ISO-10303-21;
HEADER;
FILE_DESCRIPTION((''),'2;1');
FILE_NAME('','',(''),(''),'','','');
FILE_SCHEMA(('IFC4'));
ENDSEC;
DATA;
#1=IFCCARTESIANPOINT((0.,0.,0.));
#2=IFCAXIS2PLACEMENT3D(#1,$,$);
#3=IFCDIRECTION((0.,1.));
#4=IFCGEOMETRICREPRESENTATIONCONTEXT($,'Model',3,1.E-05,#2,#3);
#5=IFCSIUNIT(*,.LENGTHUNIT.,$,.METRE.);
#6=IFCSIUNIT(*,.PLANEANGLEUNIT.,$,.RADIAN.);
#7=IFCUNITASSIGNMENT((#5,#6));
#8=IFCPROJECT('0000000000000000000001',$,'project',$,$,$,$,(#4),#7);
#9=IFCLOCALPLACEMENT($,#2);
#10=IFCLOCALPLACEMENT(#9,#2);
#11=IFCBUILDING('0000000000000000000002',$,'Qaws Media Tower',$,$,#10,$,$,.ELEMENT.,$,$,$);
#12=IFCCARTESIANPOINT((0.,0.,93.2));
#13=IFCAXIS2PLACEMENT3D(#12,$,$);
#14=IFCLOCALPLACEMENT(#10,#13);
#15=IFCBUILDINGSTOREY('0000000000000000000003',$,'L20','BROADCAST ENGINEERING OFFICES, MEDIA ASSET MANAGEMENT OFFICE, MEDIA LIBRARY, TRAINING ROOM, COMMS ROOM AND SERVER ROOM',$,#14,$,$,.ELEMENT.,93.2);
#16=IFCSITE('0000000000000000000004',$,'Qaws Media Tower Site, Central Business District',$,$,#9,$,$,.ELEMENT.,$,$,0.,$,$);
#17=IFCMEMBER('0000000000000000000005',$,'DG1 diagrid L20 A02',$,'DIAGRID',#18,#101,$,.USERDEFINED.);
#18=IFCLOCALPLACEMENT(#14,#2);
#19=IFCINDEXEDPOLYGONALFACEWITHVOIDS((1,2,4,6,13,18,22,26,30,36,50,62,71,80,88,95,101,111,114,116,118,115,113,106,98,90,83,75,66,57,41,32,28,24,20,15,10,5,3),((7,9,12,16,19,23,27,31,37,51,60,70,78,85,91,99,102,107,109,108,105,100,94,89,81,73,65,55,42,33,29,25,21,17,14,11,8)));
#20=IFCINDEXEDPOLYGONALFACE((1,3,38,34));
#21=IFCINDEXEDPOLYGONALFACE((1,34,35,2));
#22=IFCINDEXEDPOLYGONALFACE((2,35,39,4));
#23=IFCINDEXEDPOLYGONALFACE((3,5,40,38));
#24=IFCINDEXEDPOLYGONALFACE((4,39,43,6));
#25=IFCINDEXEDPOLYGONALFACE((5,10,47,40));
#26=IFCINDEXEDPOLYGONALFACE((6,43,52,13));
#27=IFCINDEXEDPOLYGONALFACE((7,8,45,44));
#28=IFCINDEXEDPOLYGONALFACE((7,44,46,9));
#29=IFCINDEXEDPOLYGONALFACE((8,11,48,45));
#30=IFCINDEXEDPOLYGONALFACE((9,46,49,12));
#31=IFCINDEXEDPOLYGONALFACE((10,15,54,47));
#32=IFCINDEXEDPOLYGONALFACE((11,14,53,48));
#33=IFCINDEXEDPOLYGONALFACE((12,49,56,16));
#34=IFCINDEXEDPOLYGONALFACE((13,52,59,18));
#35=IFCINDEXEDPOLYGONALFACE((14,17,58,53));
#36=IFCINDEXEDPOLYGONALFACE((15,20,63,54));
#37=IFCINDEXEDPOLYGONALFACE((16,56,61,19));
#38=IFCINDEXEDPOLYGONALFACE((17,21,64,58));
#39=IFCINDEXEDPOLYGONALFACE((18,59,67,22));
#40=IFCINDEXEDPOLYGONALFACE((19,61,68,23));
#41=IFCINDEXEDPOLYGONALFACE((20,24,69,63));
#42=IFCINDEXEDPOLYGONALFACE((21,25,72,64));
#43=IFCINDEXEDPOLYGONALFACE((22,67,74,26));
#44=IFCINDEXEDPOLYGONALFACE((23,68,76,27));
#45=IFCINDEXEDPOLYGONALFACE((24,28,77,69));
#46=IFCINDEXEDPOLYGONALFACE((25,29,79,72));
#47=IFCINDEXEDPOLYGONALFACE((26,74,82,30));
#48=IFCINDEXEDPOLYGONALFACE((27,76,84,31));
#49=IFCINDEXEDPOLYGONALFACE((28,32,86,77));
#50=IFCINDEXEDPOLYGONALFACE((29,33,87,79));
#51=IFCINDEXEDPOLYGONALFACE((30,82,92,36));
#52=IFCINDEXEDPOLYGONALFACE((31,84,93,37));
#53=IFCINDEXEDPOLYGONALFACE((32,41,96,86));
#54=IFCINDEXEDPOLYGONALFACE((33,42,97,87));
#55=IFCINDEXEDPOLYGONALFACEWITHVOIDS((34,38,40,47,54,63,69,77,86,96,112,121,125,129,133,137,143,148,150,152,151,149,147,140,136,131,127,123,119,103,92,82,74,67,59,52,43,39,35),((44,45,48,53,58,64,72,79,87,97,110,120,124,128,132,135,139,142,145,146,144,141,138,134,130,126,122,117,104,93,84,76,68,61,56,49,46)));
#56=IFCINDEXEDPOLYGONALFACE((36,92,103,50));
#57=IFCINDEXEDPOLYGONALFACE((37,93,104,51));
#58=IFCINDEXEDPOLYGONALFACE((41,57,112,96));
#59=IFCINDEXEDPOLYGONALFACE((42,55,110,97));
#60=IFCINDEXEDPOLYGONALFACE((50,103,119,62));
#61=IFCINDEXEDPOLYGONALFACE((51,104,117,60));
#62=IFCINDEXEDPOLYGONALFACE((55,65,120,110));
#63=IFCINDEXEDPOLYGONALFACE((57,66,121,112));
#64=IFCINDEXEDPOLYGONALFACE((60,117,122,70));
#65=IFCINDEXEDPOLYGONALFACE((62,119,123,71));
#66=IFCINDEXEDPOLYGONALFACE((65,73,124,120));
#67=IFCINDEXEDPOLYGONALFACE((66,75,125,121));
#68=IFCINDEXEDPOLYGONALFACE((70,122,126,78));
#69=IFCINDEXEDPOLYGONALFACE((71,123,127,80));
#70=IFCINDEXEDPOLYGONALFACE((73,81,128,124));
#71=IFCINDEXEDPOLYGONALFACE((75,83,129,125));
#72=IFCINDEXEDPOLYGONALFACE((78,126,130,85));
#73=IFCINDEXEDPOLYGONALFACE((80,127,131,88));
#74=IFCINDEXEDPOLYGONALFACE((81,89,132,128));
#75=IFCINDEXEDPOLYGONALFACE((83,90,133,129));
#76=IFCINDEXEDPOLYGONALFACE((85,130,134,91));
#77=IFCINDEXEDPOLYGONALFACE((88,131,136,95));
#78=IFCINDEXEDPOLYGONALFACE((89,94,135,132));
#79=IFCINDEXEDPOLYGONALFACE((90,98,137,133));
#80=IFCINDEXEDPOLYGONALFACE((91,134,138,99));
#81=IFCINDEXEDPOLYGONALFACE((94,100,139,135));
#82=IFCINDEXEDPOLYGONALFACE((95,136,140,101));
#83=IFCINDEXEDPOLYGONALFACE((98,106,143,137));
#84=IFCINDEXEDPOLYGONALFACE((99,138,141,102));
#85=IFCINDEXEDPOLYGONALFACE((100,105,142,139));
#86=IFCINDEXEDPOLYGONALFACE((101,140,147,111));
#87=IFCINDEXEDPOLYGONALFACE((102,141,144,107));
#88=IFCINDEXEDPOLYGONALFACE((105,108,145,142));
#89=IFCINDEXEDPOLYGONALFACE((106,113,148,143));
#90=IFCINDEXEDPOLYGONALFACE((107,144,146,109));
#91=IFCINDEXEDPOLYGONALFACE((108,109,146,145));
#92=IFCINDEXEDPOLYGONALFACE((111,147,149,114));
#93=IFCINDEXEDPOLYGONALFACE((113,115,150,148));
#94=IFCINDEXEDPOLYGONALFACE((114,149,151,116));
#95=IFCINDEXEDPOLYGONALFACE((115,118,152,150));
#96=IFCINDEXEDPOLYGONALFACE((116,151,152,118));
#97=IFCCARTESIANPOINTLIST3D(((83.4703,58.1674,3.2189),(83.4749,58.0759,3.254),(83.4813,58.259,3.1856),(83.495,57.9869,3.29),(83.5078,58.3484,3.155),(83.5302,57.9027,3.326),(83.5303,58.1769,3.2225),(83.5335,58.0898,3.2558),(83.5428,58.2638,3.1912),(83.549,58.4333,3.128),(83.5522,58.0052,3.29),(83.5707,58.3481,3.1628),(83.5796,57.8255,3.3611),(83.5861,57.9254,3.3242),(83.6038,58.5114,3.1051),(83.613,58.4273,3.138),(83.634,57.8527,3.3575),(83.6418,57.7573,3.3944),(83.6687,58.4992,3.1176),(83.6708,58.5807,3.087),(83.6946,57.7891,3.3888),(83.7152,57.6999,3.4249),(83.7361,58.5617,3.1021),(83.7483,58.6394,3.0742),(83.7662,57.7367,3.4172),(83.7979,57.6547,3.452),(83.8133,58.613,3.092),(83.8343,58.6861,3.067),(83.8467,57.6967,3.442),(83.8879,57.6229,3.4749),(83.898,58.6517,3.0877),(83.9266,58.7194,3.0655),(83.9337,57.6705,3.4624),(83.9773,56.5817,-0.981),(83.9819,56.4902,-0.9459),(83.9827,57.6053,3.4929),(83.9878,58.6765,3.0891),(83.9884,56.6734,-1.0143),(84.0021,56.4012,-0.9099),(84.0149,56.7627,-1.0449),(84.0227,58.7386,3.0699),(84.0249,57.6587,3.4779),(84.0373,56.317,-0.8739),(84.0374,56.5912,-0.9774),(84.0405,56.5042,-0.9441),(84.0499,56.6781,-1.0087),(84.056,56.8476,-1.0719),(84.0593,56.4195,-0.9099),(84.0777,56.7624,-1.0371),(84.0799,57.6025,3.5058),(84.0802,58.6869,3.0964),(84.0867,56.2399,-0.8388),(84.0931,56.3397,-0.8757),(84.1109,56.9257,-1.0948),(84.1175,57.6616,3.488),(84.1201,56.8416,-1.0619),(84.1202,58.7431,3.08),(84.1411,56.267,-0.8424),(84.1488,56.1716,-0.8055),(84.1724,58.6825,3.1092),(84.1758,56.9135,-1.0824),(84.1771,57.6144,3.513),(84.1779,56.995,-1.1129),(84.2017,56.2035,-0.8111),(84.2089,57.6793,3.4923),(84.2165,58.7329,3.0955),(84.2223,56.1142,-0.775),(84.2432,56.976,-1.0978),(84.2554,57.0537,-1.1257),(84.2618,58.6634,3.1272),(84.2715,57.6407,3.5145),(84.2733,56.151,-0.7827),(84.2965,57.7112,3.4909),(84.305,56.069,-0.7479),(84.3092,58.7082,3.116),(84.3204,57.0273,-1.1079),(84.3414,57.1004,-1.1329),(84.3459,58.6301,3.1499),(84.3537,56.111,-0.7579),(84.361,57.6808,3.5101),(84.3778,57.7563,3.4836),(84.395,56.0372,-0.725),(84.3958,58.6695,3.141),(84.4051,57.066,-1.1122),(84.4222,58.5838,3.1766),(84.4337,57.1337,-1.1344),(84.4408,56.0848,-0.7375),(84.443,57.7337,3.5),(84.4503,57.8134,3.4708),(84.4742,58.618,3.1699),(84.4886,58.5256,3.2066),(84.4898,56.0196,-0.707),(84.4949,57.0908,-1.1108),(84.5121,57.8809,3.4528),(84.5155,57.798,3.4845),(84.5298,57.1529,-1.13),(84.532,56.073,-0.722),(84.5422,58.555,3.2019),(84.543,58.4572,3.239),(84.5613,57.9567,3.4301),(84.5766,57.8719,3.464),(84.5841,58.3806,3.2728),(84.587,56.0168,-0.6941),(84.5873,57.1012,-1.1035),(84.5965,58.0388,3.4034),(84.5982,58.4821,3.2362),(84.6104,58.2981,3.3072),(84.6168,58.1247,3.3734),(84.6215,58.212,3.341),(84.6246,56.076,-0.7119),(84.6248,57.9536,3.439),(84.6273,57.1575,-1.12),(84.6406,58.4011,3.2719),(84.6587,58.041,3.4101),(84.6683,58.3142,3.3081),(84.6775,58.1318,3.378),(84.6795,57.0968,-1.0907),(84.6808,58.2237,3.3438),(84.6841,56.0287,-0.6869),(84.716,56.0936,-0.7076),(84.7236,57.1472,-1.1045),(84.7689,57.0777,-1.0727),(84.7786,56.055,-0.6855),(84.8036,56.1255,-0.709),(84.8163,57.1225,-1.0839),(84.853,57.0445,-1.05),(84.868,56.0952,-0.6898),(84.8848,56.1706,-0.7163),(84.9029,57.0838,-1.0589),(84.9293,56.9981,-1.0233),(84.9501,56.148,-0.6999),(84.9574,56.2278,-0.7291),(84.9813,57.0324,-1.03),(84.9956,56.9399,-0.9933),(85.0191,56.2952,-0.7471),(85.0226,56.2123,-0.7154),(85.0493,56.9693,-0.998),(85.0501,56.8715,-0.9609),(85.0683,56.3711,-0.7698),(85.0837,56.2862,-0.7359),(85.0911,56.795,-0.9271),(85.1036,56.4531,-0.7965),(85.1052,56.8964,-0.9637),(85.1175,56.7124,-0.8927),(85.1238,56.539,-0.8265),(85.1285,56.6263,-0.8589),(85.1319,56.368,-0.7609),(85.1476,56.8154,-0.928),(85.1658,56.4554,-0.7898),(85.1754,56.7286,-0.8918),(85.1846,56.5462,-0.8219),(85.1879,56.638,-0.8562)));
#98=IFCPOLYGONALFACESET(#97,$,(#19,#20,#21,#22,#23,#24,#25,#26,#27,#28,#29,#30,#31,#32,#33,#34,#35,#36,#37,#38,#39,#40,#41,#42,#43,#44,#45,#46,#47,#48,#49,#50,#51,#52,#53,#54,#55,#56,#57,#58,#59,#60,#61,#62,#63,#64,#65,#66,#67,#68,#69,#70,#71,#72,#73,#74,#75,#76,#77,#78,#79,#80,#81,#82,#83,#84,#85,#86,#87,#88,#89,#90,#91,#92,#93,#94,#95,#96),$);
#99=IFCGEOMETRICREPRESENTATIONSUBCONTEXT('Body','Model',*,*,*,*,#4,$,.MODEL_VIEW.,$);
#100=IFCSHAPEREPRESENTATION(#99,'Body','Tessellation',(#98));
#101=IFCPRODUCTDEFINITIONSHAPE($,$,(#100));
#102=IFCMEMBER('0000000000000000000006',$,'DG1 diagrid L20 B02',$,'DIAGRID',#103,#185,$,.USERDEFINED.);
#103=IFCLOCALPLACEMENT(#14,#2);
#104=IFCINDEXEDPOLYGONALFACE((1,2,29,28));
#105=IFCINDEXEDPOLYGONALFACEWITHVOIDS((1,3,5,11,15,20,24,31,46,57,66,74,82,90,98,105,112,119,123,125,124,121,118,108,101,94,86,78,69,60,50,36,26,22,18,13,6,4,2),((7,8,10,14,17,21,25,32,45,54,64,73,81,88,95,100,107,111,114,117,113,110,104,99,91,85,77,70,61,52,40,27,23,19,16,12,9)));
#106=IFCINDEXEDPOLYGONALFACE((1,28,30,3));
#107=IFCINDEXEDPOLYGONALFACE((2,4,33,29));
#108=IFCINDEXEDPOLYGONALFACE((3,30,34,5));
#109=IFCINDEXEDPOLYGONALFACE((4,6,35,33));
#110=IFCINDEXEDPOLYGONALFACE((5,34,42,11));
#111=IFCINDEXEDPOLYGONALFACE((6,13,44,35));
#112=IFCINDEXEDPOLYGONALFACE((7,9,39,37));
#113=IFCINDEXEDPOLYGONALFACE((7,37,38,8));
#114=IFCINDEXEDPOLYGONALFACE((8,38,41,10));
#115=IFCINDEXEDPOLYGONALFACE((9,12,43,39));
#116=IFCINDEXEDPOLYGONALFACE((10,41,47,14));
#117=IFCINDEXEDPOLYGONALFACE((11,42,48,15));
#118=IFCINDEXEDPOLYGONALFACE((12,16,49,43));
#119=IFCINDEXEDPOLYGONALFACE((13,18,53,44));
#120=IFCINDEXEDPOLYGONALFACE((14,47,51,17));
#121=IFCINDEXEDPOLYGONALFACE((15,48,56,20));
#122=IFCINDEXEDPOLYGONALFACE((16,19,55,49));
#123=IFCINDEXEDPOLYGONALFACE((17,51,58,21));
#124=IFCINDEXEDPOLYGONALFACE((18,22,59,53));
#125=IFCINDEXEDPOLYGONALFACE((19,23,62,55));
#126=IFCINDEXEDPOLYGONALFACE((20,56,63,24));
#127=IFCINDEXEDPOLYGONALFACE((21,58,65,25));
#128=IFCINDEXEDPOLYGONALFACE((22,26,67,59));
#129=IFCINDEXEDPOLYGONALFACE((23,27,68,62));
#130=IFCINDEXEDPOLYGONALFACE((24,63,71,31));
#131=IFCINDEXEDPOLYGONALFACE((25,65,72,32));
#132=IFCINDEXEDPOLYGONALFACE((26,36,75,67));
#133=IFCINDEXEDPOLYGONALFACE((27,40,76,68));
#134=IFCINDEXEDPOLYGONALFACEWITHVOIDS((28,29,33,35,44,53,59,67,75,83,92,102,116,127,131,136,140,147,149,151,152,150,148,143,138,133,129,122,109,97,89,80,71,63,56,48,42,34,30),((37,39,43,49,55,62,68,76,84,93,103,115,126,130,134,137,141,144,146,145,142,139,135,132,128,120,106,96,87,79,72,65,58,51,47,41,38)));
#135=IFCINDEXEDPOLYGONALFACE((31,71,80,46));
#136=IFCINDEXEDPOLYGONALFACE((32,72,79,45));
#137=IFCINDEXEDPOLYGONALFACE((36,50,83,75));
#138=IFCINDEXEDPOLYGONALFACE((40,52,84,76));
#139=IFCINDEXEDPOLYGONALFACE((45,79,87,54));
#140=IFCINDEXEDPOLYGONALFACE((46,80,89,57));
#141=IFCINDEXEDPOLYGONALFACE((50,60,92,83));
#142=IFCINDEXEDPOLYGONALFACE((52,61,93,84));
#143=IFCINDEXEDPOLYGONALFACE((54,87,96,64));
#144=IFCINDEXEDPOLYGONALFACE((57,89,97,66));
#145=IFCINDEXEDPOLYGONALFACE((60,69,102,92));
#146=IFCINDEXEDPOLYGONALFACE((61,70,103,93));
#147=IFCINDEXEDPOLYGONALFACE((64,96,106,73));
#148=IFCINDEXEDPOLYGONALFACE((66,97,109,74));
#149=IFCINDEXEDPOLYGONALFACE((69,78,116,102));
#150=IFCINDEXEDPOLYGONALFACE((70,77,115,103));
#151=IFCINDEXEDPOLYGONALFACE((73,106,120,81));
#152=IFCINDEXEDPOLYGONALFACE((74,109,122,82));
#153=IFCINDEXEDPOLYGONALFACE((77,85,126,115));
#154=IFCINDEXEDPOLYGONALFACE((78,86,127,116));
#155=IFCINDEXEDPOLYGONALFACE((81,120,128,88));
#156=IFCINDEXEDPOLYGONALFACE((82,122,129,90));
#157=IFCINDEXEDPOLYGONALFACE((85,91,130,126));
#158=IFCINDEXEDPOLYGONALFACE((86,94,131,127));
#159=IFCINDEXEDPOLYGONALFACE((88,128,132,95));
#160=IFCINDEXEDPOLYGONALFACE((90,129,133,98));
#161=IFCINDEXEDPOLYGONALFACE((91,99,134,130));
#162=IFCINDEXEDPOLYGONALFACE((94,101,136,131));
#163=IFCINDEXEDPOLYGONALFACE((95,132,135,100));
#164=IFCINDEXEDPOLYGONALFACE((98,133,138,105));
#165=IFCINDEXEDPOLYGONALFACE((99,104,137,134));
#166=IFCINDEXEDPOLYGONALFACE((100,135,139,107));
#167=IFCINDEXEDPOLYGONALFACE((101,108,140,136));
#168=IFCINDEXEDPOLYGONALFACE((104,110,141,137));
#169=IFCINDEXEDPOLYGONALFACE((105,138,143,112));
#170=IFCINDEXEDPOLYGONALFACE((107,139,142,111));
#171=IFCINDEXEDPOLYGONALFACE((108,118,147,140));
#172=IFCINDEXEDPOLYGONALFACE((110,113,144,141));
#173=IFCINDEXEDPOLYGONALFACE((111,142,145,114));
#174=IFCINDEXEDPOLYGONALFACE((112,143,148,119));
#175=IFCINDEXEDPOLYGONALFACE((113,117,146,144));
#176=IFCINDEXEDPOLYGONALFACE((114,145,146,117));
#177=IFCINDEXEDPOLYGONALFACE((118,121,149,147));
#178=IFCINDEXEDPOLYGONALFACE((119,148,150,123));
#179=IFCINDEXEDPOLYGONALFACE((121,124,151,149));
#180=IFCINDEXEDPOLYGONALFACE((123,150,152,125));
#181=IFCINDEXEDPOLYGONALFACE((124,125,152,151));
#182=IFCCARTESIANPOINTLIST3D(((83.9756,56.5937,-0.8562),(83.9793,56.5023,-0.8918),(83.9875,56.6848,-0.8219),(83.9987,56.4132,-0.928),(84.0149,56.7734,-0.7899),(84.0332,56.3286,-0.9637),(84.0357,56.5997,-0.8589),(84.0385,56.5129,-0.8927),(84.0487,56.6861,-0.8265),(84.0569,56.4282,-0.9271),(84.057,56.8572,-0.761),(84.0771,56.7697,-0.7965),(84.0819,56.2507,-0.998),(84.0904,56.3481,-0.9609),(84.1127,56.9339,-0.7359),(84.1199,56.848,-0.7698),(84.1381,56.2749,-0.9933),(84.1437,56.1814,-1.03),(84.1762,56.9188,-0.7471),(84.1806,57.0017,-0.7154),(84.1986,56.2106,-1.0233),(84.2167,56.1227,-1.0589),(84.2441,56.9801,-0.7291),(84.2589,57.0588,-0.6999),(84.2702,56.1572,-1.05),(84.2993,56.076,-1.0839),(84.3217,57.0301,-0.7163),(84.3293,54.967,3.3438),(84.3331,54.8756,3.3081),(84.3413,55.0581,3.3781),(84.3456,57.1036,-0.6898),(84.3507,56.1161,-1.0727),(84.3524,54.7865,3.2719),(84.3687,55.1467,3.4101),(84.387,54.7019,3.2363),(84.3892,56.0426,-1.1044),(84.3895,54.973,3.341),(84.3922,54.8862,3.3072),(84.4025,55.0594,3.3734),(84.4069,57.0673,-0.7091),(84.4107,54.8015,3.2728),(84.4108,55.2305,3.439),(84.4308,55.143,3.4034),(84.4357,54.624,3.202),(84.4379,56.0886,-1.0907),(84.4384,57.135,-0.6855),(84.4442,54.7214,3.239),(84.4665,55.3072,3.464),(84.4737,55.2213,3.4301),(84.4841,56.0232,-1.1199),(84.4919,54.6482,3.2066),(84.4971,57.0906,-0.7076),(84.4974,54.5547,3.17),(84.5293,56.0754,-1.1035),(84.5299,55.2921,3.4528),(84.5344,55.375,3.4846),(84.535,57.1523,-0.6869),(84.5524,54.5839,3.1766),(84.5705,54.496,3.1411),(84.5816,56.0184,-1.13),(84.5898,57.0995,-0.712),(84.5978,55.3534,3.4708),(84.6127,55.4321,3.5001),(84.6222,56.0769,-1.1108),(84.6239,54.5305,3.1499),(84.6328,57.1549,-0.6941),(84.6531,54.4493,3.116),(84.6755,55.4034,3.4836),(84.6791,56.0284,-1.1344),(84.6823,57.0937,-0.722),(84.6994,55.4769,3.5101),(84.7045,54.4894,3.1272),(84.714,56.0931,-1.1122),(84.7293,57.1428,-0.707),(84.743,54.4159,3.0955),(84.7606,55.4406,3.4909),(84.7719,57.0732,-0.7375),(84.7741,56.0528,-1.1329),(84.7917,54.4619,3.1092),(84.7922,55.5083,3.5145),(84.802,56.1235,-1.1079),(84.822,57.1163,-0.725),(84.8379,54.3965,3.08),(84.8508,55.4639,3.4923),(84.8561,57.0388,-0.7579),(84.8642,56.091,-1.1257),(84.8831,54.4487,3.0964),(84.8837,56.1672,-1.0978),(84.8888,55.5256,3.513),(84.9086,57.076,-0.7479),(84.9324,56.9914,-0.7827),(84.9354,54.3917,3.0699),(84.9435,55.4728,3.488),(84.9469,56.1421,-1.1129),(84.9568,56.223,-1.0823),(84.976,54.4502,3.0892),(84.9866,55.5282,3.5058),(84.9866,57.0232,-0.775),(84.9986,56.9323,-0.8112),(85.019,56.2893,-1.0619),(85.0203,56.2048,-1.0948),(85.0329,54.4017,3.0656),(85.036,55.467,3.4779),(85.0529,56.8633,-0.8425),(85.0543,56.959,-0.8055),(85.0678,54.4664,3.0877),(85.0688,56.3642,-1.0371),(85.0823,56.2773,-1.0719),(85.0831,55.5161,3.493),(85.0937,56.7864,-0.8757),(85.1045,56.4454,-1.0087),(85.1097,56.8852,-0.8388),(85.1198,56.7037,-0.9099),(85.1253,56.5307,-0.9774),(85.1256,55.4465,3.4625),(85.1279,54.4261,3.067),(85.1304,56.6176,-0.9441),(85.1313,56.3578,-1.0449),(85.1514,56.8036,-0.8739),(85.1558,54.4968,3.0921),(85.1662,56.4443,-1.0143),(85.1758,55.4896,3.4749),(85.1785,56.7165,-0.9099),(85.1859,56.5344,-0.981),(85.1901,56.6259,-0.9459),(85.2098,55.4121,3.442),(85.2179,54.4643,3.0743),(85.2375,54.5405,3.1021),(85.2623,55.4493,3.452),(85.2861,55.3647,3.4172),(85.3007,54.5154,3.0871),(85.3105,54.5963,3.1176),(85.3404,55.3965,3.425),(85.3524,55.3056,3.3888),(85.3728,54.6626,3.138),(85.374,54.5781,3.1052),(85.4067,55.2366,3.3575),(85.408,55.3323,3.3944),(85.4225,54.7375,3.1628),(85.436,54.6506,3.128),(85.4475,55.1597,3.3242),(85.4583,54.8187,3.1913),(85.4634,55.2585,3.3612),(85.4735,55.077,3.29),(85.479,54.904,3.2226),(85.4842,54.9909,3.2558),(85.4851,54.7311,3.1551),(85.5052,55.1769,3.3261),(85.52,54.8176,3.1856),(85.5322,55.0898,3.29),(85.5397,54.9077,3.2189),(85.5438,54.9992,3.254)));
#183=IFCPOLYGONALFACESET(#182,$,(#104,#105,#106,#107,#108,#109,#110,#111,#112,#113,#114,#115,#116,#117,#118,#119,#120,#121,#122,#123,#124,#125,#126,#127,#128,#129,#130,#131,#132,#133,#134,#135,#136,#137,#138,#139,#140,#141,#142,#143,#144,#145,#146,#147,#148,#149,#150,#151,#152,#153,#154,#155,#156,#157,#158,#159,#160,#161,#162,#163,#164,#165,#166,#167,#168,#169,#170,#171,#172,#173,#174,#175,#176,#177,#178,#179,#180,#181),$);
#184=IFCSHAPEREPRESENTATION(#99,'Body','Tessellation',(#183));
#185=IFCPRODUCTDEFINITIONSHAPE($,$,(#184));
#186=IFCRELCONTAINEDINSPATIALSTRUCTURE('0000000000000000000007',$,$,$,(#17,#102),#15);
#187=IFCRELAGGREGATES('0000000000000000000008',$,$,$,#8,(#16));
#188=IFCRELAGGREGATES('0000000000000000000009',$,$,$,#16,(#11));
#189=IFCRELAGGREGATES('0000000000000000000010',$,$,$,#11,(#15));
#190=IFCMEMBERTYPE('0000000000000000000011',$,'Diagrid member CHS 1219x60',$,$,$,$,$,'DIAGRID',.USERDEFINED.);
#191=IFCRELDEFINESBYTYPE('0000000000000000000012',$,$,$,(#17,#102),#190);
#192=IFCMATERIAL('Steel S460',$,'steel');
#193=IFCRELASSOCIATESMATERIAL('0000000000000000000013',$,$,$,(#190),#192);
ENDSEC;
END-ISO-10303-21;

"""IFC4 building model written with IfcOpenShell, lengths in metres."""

from ifc_helpers import new_model, si_unit, direction, frame, origin, origin_2d, place, context, subcontext, project, spatial, hollow_circle, extrude, material, material_profile, profile_set, type_object, element, save


model = new_model("IFC4")

# Units and contexts
model_context = context("Model", 3, precision=1e-05, world=origin(), true_north=direction((0.0, 1.0)))
body_context = subcontext(model_context, "Body", "Model", "MODEL_VIEW")
ifc_project = project(units=[si_unit("LENGTHUNIT", "METRE"), si_unit("PLANEANGLEUNIT", "RADIAN")], contexts=[model_context])

# Site, building, storey
site_placement = place(None, origin())
site = spatial("IfcSite", under=ifc_project, at=site_placement, Name="Qaws Media Tower Site, Central Business District", CompositionType="ELEMENT", RefElevation=0.0)
building_placement = place(site_placement, origin())
building = spatial("IfcBuilding", under=site, at=building_placement, Name="Qaws Media Tower", CompositionType="ELEMENT")
storey_placement = place(building_placement, frame((0.0, 0.0, 93.2)))
storey = spatial("IfcBuildingStorey", under=building, at=storey_placement, Name="L20", Description="BROADCAST ENGINEERING OFFICES, MEDIA ASSET MANAGEMENT OFFICE, MEDIA LIBRARY, TRAINING ROOM, COMMS ROOM AND SERVER ROOM", CompositionType="ELEMENT", Elevation=93.2)

# Members
ifc_material_1 = material(Name="Steel S460", Category="steel")
ifc_material_profile_1 = material_profile(ifc_material_1, hollow_circle(Radius=0.6096, WallThickness=0.0601, at=origin_2d()), Name="CHS 1219x60")
ifc_profile_set_1 = profile_set([ifc_material_profile_1], Name="Steel S460")
member_type_1 = type_object("IfcMemberType", Name="Diagrid member CHS 1219x60", ElementType="DIAGRID", PredefinedType="USERDEFINED", material=ifc_profile_set_1)
for number, where, z_axis, x_axis, name in (
    (1, (84.5828, 56.5869, -0.9099), (-0.112239, 0.350983, 0.929631), (-0.952484, -0.304589, 0.0), "DG1 diagrid L20 A02"),
    (2, (84.5828, 56.5869, -0.9099), (0.078303, -0.360063, 0.929636), (0.97716, 0.212503, 0.0), "DG1 diagrid L20 B02"),
):
    element("IfcMember", number, at=place(storey_placement, frame(where, z_axis=z_axis, x_axis=x_axis)), inside=storey, type_object=member_type_1, Name=name, ObjectType="DIAGRID", PredefinedType="USERDEFINED", context=body_context, shape_type="SweptSolid", body=[
        extrude(hollow_circle(Radius=0.6096, WallThickness=0.0601, at=origin_2d()), origin(), (0.0, 0.0, 1.0), 4.5178),
    ])

save(model, "model.ifc")
